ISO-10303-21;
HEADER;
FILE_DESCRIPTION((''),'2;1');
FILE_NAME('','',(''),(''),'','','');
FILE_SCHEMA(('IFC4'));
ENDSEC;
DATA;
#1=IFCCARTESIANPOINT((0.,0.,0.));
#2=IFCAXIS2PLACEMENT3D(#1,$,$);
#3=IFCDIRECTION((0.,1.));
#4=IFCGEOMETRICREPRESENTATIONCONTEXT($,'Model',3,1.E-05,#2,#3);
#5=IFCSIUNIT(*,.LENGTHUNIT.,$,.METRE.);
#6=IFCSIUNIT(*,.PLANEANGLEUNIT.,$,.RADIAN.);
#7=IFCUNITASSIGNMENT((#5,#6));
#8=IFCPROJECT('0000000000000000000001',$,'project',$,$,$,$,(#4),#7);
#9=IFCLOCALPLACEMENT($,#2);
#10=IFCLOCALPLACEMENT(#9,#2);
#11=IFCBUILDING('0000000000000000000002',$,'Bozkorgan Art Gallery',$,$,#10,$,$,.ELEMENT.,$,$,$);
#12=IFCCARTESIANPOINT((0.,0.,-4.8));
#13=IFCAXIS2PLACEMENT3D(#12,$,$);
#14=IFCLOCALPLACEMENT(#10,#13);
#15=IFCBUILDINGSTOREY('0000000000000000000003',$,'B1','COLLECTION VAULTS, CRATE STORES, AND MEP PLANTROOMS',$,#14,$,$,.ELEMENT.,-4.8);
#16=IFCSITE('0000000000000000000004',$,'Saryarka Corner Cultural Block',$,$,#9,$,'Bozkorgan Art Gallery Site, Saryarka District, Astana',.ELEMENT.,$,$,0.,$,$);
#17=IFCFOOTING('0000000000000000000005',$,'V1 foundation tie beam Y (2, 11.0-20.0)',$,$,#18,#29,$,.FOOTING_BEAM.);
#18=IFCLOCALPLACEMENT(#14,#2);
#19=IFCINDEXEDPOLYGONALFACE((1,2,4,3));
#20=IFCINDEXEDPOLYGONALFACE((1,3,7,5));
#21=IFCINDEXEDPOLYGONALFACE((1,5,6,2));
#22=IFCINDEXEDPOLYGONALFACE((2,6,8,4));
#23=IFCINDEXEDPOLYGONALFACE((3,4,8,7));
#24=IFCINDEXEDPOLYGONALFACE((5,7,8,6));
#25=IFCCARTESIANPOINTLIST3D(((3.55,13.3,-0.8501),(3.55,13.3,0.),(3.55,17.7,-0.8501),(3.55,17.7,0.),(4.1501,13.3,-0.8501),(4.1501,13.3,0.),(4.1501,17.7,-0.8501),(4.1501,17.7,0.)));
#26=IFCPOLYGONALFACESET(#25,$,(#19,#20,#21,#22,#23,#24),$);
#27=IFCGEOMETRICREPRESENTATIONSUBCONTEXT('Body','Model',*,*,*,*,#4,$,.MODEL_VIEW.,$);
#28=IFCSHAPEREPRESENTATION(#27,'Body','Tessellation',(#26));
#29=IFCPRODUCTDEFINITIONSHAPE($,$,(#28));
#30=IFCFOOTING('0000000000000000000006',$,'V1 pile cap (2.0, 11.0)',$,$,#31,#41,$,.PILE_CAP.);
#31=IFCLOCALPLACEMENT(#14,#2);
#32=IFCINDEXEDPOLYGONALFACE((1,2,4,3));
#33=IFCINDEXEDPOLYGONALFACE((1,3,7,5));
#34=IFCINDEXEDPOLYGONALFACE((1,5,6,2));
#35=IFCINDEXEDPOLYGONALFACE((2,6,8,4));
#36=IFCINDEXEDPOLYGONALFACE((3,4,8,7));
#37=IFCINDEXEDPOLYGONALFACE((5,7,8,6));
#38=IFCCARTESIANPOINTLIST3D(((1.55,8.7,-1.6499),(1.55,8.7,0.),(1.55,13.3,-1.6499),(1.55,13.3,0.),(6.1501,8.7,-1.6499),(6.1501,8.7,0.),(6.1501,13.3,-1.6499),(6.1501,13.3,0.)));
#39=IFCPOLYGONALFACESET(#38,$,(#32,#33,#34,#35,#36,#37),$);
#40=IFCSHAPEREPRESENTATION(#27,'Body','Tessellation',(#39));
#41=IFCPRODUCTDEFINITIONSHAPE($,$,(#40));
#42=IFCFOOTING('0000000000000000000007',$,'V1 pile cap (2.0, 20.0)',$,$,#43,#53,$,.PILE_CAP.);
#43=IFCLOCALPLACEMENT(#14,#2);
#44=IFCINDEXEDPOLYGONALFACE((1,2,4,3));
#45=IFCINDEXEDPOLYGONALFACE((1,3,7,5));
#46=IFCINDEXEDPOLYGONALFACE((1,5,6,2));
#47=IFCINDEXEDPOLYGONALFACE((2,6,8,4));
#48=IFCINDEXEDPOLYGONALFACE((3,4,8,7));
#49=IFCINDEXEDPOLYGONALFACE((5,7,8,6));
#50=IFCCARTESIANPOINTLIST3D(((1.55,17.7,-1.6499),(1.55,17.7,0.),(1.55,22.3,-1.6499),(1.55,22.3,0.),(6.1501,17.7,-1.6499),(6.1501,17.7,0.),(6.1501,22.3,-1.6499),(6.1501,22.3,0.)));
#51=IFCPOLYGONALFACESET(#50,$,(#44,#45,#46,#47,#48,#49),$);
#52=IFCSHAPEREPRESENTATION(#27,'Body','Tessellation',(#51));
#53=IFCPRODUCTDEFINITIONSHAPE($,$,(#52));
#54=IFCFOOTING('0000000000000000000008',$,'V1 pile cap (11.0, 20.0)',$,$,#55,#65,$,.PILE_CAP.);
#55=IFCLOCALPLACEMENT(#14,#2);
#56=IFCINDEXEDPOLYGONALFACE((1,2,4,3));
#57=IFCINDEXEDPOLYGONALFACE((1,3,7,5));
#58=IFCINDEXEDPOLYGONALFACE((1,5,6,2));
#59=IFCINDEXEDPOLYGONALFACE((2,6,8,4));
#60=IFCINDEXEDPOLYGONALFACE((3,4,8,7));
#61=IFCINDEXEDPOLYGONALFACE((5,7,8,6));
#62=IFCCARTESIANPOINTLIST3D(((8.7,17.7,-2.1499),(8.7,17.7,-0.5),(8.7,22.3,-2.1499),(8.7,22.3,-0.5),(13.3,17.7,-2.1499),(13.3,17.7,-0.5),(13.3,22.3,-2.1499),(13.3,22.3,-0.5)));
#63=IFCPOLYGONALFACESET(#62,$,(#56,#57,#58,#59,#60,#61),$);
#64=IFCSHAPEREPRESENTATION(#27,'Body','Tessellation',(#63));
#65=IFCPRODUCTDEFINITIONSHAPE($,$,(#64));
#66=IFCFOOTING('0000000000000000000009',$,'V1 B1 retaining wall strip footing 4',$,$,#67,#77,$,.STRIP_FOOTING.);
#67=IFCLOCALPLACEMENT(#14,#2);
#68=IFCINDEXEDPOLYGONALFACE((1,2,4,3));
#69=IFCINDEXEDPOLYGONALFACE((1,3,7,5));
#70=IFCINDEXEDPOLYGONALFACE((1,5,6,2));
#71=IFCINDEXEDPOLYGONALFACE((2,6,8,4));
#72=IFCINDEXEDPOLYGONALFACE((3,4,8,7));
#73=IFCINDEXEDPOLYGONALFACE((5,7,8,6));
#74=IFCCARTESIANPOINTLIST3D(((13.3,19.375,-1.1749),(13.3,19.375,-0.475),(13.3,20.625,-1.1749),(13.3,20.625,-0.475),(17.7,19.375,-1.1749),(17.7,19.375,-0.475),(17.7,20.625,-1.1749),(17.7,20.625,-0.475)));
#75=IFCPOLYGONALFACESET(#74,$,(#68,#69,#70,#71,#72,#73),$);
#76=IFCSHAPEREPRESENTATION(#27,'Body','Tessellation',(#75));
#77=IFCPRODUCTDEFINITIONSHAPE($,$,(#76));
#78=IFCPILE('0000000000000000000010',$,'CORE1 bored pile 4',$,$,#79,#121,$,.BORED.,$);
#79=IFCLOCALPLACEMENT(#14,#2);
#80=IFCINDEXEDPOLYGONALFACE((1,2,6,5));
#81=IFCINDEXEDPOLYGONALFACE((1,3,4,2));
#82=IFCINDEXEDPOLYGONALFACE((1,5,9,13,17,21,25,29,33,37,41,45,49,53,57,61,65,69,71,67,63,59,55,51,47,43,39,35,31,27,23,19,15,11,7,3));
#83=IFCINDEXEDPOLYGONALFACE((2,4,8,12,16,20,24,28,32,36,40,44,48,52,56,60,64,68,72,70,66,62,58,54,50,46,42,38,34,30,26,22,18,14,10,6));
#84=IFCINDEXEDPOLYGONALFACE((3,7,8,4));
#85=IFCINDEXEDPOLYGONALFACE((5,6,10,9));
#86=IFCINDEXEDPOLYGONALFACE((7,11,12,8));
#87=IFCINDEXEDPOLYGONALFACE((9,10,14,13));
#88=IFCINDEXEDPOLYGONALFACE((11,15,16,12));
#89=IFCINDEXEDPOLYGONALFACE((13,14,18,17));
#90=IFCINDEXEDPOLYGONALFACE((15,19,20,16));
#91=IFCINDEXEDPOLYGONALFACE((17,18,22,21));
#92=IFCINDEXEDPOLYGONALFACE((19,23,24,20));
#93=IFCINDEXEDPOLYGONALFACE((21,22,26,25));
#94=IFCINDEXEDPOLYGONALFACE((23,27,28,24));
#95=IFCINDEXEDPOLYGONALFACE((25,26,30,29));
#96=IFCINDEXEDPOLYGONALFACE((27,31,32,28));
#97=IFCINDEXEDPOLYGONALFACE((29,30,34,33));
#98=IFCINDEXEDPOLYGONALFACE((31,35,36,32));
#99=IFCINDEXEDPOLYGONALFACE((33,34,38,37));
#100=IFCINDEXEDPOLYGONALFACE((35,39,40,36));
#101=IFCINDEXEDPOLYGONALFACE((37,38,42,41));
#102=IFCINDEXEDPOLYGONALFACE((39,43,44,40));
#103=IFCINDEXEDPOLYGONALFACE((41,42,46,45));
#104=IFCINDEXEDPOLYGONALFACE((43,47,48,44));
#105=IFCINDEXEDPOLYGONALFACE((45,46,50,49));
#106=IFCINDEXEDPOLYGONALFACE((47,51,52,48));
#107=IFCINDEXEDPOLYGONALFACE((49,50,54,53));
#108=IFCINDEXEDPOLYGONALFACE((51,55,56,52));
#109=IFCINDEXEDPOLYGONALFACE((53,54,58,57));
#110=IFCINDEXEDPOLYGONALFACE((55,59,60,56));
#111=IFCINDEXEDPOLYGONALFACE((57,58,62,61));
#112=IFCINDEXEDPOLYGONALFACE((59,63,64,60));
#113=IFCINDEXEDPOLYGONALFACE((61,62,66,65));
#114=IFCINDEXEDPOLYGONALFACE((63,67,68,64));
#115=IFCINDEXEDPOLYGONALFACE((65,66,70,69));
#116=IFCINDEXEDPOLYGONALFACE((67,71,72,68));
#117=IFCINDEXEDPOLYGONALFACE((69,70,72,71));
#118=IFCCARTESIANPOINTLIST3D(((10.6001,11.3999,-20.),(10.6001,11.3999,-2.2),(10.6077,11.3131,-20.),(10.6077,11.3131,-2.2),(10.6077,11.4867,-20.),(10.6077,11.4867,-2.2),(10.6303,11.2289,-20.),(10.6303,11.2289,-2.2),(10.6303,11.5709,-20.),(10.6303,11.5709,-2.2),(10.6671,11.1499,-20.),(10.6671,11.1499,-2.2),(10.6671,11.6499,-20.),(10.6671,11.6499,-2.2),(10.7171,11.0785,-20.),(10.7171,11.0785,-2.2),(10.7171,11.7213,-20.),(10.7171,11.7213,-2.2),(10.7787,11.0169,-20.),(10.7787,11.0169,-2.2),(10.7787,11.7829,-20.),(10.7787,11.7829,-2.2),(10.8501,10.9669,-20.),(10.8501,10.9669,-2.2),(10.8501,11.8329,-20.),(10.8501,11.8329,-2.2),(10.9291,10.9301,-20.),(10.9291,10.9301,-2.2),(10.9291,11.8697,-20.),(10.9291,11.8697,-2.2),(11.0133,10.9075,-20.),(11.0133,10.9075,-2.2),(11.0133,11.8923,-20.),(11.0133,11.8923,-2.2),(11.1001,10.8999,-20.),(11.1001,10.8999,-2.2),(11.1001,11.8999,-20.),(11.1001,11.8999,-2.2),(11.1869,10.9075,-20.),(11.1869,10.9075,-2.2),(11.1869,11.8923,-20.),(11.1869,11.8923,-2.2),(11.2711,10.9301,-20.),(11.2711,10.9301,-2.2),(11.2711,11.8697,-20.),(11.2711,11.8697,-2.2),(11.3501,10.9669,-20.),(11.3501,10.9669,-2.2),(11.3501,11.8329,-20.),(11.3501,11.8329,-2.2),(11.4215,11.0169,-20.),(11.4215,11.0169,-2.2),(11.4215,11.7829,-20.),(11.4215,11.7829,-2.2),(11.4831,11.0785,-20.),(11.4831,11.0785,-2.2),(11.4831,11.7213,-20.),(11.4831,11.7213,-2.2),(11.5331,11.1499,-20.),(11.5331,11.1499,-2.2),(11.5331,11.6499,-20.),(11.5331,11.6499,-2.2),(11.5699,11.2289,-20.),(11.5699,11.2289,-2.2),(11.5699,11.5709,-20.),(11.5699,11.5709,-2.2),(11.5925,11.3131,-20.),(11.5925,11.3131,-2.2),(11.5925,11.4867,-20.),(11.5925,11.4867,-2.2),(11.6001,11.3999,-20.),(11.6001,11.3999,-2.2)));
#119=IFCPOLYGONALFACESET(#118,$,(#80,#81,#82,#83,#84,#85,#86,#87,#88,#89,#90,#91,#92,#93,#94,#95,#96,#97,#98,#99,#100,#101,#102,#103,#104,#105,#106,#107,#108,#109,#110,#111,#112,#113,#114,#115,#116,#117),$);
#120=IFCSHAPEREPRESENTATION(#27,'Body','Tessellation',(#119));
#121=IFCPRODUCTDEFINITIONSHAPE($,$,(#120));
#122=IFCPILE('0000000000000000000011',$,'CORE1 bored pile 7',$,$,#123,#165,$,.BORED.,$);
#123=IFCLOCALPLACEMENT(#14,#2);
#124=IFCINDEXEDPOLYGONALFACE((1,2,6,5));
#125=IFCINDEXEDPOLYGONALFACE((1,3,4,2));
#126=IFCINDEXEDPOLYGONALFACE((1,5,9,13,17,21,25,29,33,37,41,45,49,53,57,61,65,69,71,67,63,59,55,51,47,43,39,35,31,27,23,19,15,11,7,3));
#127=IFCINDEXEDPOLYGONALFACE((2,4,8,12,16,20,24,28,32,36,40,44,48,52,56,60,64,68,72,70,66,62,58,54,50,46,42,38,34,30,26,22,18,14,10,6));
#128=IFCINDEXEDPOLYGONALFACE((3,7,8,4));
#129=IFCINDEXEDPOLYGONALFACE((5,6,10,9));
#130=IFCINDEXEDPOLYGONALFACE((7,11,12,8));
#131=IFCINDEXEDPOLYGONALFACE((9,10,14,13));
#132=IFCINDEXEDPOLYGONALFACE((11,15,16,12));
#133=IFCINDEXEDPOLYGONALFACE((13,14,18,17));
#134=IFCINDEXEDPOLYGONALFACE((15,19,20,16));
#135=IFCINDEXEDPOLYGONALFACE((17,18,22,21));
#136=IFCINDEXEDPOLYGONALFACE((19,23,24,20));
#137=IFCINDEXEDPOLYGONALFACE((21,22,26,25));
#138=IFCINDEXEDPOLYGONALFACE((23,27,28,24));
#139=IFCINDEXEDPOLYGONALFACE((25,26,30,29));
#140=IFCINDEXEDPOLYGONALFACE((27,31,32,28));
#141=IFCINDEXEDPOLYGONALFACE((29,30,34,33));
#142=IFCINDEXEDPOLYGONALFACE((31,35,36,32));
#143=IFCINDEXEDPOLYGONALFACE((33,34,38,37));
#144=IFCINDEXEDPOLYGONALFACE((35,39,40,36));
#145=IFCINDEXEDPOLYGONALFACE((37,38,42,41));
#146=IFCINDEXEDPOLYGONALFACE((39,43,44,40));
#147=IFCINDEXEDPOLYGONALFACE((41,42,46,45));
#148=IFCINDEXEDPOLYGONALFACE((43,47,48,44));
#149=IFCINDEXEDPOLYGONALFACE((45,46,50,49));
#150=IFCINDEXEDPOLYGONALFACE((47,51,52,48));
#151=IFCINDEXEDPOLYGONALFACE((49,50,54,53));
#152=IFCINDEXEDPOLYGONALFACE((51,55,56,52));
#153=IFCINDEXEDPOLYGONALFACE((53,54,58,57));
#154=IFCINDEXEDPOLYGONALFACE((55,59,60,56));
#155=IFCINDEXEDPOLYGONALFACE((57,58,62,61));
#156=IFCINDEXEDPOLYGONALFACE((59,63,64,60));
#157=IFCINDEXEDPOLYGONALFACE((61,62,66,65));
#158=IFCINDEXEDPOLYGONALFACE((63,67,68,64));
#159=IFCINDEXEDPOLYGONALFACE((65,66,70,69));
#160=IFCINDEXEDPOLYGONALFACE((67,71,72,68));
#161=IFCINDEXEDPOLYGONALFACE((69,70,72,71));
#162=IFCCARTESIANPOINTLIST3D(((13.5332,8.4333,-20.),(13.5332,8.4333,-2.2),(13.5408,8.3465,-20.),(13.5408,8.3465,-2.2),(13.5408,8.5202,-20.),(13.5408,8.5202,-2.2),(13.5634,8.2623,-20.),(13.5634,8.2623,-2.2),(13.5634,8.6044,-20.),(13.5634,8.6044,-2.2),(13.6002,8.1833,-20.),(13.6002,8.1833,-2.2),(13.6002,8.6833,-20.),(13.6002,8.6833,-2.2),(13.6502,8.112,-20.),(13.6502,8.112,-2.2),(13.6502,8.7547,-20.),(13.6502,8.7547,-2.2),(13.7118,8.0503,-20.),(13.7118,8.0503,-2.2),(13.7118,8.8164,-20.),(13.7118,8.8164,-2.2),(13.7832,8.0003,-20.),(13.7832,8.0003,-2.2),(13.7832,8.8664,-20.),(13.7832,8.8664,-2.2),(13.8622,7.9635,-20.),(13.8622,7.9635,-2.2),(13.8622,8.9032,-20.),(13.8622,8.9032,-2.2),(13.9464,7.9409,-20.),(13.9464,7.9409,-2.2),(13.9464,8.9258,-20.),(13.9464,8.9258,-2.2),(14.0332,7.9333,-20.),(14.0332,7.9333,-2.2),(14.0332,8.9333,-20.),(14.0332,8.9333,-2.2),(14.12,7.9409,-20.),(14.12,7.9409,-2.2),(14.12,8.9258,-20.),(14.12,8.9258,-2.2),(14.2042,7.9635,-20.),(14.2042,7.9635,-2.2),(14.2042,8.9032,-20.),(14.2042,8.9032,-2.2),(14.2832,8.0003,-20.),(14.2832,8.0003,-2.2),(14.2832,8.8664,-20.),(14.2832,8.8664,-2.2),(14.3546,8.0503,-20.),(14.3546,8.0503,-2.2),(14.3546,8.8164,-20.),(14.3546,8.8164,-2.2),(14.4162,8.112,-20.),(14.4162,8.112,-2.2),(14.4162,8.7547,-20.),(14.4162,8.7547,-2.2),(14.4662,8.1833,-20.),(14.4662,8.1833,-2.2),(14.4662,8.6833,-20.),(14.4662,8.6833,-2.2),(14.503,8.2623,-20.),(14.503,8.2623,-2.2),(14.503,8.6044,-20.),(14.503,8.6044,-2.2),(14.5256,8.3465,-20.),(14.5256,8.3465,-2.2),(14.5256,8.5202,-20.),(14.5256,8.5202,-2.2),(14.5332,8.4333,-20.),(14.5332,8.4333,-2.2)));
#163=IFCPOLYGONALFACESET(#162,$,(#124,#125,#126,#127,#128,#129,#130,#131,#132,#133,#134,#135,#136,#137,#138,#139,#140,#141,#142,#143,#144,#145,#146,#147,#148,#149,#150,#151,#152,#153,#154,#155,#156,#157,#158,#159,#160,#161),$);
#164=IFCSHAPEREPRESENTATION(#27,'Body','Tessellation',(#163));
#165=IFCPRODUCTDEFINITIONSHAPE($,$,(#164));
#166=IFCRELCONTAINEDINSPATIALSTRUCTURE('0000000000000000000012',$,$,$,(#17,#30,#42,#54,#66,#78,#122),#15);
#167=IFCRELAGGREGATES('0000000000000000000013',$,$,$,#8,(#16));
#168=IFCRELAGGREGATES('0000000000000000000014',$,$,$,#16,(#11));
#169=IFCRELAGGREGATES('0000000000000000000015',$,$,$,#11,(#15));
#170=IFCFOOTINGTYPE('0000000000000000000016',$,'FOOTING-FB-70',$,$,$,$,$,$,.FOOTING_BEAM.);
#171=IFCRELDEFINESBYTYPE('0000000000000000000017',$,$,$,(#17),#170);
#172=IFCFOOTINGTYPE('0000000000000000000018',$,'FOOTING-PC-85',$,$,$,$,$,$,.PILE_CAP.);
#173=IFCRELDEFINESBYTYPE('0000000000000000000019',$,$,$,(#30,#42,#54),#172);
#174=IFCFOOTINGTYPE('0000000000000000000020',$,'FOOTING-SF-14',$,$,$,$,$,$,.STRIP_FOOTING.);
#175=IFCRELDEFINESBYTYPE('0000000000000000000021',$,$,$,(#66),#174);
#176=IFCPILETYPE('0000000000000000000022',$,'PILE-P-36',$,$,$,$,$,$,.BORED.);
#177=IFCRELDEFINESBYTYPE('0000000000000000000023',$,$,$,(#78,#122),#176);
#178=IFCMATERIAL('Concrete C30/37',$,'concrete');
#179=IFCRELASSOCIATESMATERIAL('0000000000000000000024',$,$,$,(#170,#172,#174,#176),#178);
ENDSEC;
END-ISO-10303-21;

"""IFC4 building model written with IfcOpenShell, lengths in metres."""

from ifc_helpers import new_model, si_unit, direction, frame, origin, origin_2d, place, context, subcontext, project, spatial, rectangle, circle, extrude, material, material_profile, profile_set, type_object, element, save


model = new_model("IFC4")

# Units and contexts
model_context = context("Model", 3, precision=1e-05, world=origin(), true_north=direction((0.0, 1.0)))
body_context = subcontext(model_context, "Body", "Model", "MODEL_VIEW")
ifc_project = project(units=[si_unit("LENGTHUNIT", "METRE"), si_unit("PLANEANGLEUNIT", "RADIAN")], contexts=[model_context])

# Site, building, storey
site_placement = place(None, origin())
site = spatial("IfcSite", under=ifc_project, at=site_placement, Name="Saryarka Corner Cultural Block", LongName="Bozkorgan Art Gallery Site, Saryarka District, Astana", CompositionType="ELEMENT", RefElevation=0.0)
building_placement = place(site_placement, origin())
building = spatial("IfcBuilding", under=site, at=building_placement, Name="Bozkorgan Art Gallery", CompositionType="ELEMENT")
storey_placement = place(building_placement, frame((0.0, 0.0, -4.8)))
storey = spatial("IfcBuildingStorey", under=building, at=storey_placement, Name="B1", Description="COLLECTION VAULTS, CRATE STORES, AND MEP PLANTROOMS", CompositionType="ELEMENT", Elevation=-4.8)

# Footings
ifc_material_1 = material(Name="Concrete C30/37", Category="concrete")
ifc_material_profile_1 = material_profile(ifc_material_1, rectangle(XDim=0.6001, YDim=0.8501, at=origin_2d()), Name="FND 600x850")
ifc_profile_set_1 = profile_set([ifc_material_profile_1], Name="Concrete C30/37")
footing_type_1 = type_object("IfcFootingType", Name="FOOTING-FB-70", PredefinedType="FOOTING_BEAM", material=ifc_profile_set_1)
footing_1_placement = place(storey_placement, frame((3.8501, 13.3, -0.425), z_axis=(0.0, 1.0, 0.0), x_axis=(-1.0, 0.0, 0.0)))
element("IfcFooting", 1, at=footing_1_placement, inside=storey, type_object=footing_type_1, Name="V1 foundation tie beam Y (2, 11.0-20.0)", PredefinedType="FOOTING_BEAM", context=body_context, shape_type="SweptSolid", body=[
    extrude(rectangle(XDim=0.6001, YDim=0.8501, at=origin_2d()), origin(), (0.0, 0.0, 1.0), 4.3999),
])
footing_type_2 = type_object("IfcFootingType", Name="FOOTING-PC-85", PredefinedType="PILE_CAP", material=ifc_material_1)
for number, where, z_axis, x_axis, name in (
    (2, (3.8501, 11.0, -1.6499), (0.0, 0.0, 1.0), (1.0, 0.0, 0.0), "V1 pile cap (2.0, 11.0)"),
    (3, (3.8501, 20.0, -1.6499), (0.0, 0.0, 1.0), (1.0, 0.0, 0.0), "V1 pile cap (2.0, 20.0)"),
    (4, (11.0, 20.0, -2.1499), (0.0, 0.0, 1.0), (1.0, 0.0, 0.0), "V1 pile cap (11.0, 20.0)"),
):
    element("IfcFooting", number, at=place(storey_placement, frame(where, z_axis=z_axis, x_axis=x_axis)), inside=storey, type_object=footing_type_2, Name=name, PredefinedType="PILE_CAP", context=body_context, shape_type="SweptSolid", body=[
        extrude(rectangle(XDim=4.6001, YDim=4.6001, at=origin_2d()), origin(), (0.0, 0.0, 1.0), 1.6499),
    ])
ifc_material_profile_2 = material_profile(ifc_material_1, rectangle(XDim=1.25, YDim=0.7, at=origin_2d()), Name="FND 1250x700")
ifc_profile_set_2 = profile_set([ifc_material_profile_2], Name="Concrete C30/37")
footing_type_3 = type_object("IfcFootingType", Name="FOOTING-SF-14", PredefinedType="STRIP_FOOTING", material=ifc_profile_set_2)
footing_2_placement = place(storey_placement, frame((13.3, 20.0, -0.825), z_axis=(1.0, 0.0, 0.0), x_axis=(0.0, 1.0, 0.0)))
element("IfcFooting", 5, at=footing_2_placement, inside=storey, type_object=footing_type_3, Name="V1 B1 retaining wall strip footing 4", PredefinedType="STRIP_FOOTING", context=body_context, shape_type="SweptSolid", body=[
    extrude(rectangle(XDim=1.25, YDim=0.7, at=origin_2d()), origin(), (0.0, 0.0, 1.0), 4.3999),
])

# Piles
ifc_material_profile_3 = material_profile(ifc_material_1, circle(Radius=0.5, at=origin_2d()), Name="PILE D1000")
ifc_profile_set_3 = profile_set([ifc_material_profile_3], Name="Concrete C30/37")
pile_type = type_object("IfcPileType", Name="PILE-P-36", PredefinedType="BORED", material=ifc_profile_set_3)
for number, where, z_axis, x_axis, name in (
    (6, (11.1001, 11.3999, -2.2), (0.0, 0.0, -1.0), (1.0, 0.0, 0.0), "CORE1 bored pile 4"),
    (7, (14.0332, 8.4333, -2.2), (0.0, 0.0, -1.0), (1.0, 0.0, 0.0), "CORE1 bored pile 7"),
):
    element("IfcPile", number, at=place(storey_placement, frame(where, z_axis=z_axis, x_axis=x_axis)), inside=storey, type_object=pile_type, Name=name, PredefinedType="BORED", context=body_context, shape_type="SweptSolid", body=[
        extrude(circle(Radius=0.5, at=origin_2d()), origin(), (0.0, 0.0, 1.0), 17.8),
    ])

save(model, "model.ifc")
